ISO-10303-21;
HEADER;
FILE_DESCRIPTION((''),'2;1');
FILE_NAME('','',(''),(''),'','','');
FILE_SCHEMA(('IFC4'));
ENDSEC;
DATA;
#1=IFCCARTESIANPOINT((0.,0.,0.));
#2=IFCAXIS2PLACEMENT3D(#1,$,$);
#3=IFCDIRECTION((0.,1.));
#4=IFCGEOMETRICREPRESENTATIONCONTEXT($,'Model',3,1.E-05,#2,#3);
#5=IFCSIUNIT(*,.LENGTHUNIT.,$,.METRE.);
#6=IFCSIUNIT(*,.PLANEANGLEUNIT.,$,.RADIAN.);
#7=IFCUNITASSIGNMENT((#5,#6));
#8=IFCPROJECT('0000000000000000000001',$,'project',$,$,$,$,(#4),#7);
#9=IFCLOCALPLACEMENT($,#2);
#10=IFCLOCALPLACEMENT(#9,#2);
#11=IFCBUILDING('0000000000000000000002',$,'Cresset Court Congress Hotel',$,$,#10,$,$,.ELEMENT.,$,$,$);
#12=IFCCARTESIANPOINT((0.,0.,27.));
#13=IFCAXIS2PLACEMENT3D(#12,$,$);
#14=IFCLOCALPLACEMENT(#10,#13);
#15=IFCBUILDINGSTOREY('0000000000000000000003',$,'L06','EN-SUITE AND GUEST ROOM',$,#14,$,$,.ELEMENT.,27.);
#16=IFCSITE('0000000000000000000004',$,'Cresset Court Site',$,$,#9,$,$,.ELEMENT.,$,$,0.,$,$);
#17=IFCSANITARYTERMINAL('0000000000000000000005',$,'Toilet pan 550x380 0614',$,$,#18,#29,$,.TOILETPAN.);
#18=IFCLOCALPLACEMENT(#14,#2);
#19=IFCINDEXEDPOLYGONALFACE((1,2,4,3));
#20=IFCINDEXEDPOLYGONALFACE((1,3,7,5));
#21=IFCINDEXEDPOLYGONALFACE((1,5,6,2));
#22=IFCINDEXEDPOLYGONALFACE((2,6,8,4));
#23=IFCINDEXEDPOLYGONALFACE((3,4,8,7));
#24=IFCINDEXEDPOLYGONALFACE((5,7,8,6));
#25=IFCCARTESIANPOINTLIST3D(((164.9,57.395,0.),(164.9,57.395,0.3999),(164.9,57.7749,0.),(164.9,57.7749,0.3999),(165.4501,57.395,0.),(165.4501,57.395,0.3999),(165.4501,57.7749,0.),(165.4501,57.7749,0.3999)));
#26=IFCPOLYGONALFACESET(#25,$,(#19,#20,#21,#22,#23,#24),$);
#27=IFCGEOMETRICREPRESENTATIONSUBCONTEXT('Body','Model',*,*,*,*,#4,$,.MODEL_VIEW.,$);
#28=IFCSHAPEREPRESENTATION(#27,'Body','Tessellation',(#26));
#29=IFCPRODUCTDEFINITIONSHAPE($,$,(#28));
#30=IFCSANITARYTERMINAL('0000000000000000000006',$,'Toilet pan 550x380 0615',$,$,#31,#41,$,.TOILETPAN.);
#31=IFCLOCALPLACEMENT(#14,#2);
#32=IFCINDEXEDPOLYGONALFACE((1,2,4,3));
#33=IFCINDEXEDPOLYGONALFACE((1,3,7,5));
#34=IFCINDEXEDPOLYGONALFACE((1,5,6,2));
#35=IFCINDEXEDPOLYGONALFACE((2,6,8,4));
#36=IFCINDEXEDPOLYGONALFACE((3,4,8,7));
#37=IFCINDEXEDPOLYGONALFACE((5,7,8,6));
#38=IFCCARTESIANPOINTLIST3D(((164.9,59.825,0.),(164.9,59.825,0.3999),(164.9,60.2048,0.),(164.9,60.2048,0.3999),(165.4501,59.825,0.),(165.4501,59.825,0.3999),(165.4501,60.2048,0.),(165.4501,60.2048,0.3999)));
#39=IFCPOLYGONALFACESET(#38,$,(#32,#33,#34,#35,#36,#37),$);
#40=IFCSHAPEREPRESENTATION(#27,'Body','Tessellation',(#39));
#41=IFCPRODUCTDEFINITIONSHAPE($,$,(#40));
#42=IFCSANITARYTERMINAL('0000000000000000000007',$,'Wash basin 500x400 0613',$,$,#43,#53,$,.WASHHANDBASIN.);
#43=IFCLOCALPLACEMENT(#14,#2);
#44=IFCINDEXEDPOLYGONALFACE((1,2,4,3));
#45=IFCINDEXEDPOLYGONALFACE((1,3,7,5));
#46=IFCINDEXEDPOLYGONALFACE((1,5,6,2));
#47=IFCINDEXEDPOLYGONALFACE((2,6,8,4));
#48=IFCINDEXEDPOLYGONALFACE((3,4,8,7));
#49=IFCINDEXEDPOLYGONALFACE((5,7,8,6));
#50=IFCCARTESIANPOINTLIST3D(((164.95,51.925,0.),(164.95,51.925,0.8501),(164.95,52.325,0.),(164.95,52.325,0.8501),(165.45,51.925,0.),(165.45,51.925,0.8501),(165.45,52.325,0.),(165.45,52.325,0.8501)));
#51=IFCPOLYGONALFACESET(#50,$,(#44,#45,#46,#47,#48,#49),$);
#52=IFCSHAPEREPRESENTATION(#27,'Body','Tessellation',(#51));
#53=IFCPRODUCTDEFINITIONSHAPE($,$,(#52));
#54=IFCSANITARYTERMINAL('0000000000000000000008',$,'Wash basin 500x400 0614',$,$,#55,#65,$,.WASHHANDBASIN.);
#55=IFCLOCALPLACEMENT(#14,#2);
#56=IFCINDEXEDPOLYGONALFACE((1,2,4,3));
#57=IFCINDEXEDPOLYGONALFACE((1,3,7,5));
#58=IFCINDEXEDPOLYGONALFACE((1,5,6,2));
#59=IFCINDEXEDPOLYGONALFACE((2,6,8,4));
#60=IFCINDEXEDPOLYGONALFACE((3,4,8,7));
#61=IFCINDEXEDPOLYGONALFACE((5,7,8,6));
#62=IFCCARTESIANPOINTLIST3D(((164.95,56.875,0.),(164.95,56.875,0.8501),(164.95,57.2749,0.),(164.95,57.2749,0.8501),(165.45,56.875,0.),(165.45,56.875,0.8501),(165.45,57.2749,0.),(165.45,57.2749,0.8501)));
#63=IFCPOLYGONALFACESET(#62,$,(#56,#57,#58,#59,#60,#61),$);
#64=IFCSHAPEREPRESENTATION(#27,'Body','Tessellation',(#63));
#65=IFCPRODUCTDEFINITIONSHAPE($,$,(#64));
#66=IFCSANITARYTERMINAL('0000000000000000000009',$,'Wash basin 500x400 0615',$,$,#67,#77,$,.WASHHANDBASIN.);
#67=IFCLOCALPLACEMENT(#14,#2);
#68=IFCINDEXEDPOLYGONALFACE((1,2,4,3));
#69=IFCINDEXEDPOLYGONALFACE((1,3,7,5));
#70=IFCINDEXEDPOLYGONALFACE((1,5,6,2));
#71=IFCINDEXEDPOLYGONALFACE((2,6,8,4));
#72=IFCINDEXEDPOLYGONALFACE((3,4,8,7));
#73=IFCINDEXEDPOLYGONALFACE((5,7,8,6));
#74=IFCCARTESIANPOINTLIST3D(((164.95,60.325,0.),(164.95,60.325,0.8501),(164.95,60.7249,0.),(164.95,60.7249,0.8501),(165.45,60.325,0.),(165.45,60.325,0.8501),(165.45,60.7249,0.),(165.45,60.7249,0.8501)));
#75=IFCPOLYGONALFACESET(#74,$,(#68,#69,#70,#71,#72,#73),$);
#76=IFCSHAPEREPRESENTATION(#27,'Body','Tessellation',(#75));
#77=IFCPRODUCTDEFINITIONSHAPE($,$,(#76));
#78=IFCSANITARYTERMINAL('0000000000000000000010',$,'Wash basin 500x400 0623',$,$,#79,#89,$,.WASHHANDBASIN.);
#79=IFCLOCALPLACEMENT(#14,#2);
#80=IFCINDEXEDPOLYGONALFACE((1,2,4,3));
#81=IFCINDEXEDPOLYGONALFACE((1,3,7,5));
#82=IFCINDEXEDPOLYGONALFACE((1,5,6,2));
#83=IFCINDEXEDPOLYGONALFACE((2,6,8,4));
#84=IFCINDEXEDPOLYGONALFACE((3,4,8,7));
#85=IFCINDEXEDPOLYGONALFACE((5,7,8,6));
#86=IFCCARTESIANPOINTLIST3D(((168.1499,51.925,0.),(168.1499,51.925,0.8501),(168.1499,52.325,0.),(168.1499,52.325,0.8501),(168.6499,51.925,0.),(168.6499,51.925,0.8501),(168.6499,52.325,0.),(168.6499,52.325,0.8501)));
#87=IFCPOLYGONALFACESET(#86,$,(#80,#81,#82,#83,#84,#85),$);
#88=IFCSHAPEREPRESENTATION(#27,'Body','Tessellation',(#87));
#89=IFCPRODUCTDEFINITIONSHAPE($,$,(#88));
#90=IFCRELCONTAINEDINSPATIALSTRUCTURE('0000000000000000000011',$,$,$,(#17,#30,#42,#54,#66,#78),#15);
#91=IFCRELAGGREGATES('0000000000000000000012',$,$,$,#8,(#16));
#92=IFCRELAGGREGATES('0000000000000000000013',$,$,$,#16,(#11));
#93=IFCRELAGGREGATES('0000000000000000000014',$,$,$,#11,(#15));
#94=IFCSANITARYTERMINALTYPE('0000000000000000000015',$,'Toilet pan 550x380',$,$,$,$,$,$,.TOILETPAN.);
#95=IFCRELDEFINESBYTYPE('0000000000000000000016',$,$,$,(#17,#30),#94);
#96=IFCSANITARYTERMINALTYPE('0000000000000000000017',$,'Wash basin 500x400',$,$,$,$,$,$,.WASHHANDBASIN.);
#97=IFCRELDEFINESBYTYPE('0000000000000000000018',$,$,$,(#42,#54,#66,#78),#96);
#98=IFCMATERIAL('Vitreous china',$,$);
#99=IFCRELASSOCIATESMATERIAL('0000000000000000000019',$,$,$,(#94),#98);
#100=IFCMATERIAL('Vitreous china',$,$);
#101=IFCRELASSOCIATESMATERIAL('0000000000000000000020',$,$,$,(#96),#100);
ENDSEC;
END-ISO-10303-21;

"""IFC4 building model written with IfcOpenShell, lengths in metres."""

from ifc_helpers import new_model, si_unit, direction, frame, origin, origin_2d, place, context, subcontext, project, spatial, rectangle, extrude, material, type_object, element, save


model = new_model("IFC4")

# Units and contexts
model_context = context("Model", 3, precision=1e-05, world=origin(), true_north=direction((0.0, 1.0)))
body_context = subcontext(model_context, "Body", "Model", "MODEL_VIEW")
ifc_project = project(units=[si_unit("LENGTHUNIT", "METRE"), si_unit("PLANEANGLEUNIT", "RADIAN")], contexts=[model_context])

# Site, building, storey
site_placement = place(None, origin())
site = spatial("IfcSite", under=ifc_project, at=site_placement, Name="Cresset Court Site", CompositionType="ELEMENT", RefElevation=0.0)
building_placement = place(site_placement, origin())
building = spatial("IfcBuilding", under=site, at=building_placement, Name="Cresset Court Congress Hotel", CompositionType="ELEMENT")
storey_placement = place(building_placement, frame((0.0, 0.0, 27.0)))
storey = spatial("IfcBuildingStorey", under=building, at=storey_placement, Name="L06", Description="EN-SUITE AND GUEST ROOM", CompositionType="ELEMENT", Elevation=27.0)

# Sanitary terminals
ifc_material_1 = material(Name="Vitreous china")
sanitary_terminal_type_1 = type_object("IfcSanitaryTerminalType", Name="Toilet pan 550x380", PredefinedType="TOILETPAN", material=ifc_material_1)
for number, where, z_axis, x_axis, name in (
    (1, (165.175, 57.585, 0.0), (0.0, 0.0, 1.0), (1.0, 0.0, 0.0), "Toilet pan 550x380 0614"),
    (2, (165.175, 60.0149, 0.0), (0.0, 0.0, 1.0), (1.0, 0.0, 0.0), "Toilet pan 550x380 0615"),
):
    element("IfcSanitaryTerminal", number, at=place(storey_placement, frame(where, z_axis=z_axis, x_axis=x_axis)), inside=storey, type_object=sanitary_terminal_type_1, Name=name, PredefinedType="TOILETPAN", context=body_context, shape_type="SweptSolid", body=[
        extrude(rectangle(XDim=0.55, YDim=0.3799, at=origin_2d()), origin(), (0.0, 0.0, 1.0), 0.3999),
    ])
ifc_material_2 = material(Name="Vitreous china")
sanitary_terminal_type_2 = type_object("IfcSanitaryTerminalType", Name="Wash basin 500x400", PredefinedType="WASHHANDBASIN", material=ifc_material_2)
for number, where, z_axis, x_axis, name in (
    (3, (165.2, 52.125, 0.0), (0.0, 0.0, 1.0), (1.0, 0.0, 0.0), "Wash basin 500x400 0613"),
    (4, (165.2, 57.075, 0.0), (0.0, 0.0, 1.0), (1.0, 0.0, 0.0), "Wash basin 500x400 0614"),
    (5, (165.2, 60.5249, 0.0), (0.0, 0.0, 1.0), (1.0, 0.0, 0.0), "Wash basin 500x400 0615"),
    (6, (168.3999, 52.125, 0.0), (0.0, 0.0, 1.0), (1.0, 0.0, 0.0), "Wash basin 500x400 0623"),
):
    element("IfcSanitaryTerminal", number, at=place(storey_placement, frame(where, z_axis=z_axis, x_axis=x_axis)), inside=storey, type_object=sanitary_terminal_type_2, Name=name, PredefinedType="WASHHANDBASIN", context=body_context, shape_type="SweptSolid", body=[
        extrude(rectangle(XDim=0.5, YDim=0.3999, at=origin_2d()), origin(), (0.0, 0.0, 1.0), 0.8501),
    ])

save(model, "model.ifc")
